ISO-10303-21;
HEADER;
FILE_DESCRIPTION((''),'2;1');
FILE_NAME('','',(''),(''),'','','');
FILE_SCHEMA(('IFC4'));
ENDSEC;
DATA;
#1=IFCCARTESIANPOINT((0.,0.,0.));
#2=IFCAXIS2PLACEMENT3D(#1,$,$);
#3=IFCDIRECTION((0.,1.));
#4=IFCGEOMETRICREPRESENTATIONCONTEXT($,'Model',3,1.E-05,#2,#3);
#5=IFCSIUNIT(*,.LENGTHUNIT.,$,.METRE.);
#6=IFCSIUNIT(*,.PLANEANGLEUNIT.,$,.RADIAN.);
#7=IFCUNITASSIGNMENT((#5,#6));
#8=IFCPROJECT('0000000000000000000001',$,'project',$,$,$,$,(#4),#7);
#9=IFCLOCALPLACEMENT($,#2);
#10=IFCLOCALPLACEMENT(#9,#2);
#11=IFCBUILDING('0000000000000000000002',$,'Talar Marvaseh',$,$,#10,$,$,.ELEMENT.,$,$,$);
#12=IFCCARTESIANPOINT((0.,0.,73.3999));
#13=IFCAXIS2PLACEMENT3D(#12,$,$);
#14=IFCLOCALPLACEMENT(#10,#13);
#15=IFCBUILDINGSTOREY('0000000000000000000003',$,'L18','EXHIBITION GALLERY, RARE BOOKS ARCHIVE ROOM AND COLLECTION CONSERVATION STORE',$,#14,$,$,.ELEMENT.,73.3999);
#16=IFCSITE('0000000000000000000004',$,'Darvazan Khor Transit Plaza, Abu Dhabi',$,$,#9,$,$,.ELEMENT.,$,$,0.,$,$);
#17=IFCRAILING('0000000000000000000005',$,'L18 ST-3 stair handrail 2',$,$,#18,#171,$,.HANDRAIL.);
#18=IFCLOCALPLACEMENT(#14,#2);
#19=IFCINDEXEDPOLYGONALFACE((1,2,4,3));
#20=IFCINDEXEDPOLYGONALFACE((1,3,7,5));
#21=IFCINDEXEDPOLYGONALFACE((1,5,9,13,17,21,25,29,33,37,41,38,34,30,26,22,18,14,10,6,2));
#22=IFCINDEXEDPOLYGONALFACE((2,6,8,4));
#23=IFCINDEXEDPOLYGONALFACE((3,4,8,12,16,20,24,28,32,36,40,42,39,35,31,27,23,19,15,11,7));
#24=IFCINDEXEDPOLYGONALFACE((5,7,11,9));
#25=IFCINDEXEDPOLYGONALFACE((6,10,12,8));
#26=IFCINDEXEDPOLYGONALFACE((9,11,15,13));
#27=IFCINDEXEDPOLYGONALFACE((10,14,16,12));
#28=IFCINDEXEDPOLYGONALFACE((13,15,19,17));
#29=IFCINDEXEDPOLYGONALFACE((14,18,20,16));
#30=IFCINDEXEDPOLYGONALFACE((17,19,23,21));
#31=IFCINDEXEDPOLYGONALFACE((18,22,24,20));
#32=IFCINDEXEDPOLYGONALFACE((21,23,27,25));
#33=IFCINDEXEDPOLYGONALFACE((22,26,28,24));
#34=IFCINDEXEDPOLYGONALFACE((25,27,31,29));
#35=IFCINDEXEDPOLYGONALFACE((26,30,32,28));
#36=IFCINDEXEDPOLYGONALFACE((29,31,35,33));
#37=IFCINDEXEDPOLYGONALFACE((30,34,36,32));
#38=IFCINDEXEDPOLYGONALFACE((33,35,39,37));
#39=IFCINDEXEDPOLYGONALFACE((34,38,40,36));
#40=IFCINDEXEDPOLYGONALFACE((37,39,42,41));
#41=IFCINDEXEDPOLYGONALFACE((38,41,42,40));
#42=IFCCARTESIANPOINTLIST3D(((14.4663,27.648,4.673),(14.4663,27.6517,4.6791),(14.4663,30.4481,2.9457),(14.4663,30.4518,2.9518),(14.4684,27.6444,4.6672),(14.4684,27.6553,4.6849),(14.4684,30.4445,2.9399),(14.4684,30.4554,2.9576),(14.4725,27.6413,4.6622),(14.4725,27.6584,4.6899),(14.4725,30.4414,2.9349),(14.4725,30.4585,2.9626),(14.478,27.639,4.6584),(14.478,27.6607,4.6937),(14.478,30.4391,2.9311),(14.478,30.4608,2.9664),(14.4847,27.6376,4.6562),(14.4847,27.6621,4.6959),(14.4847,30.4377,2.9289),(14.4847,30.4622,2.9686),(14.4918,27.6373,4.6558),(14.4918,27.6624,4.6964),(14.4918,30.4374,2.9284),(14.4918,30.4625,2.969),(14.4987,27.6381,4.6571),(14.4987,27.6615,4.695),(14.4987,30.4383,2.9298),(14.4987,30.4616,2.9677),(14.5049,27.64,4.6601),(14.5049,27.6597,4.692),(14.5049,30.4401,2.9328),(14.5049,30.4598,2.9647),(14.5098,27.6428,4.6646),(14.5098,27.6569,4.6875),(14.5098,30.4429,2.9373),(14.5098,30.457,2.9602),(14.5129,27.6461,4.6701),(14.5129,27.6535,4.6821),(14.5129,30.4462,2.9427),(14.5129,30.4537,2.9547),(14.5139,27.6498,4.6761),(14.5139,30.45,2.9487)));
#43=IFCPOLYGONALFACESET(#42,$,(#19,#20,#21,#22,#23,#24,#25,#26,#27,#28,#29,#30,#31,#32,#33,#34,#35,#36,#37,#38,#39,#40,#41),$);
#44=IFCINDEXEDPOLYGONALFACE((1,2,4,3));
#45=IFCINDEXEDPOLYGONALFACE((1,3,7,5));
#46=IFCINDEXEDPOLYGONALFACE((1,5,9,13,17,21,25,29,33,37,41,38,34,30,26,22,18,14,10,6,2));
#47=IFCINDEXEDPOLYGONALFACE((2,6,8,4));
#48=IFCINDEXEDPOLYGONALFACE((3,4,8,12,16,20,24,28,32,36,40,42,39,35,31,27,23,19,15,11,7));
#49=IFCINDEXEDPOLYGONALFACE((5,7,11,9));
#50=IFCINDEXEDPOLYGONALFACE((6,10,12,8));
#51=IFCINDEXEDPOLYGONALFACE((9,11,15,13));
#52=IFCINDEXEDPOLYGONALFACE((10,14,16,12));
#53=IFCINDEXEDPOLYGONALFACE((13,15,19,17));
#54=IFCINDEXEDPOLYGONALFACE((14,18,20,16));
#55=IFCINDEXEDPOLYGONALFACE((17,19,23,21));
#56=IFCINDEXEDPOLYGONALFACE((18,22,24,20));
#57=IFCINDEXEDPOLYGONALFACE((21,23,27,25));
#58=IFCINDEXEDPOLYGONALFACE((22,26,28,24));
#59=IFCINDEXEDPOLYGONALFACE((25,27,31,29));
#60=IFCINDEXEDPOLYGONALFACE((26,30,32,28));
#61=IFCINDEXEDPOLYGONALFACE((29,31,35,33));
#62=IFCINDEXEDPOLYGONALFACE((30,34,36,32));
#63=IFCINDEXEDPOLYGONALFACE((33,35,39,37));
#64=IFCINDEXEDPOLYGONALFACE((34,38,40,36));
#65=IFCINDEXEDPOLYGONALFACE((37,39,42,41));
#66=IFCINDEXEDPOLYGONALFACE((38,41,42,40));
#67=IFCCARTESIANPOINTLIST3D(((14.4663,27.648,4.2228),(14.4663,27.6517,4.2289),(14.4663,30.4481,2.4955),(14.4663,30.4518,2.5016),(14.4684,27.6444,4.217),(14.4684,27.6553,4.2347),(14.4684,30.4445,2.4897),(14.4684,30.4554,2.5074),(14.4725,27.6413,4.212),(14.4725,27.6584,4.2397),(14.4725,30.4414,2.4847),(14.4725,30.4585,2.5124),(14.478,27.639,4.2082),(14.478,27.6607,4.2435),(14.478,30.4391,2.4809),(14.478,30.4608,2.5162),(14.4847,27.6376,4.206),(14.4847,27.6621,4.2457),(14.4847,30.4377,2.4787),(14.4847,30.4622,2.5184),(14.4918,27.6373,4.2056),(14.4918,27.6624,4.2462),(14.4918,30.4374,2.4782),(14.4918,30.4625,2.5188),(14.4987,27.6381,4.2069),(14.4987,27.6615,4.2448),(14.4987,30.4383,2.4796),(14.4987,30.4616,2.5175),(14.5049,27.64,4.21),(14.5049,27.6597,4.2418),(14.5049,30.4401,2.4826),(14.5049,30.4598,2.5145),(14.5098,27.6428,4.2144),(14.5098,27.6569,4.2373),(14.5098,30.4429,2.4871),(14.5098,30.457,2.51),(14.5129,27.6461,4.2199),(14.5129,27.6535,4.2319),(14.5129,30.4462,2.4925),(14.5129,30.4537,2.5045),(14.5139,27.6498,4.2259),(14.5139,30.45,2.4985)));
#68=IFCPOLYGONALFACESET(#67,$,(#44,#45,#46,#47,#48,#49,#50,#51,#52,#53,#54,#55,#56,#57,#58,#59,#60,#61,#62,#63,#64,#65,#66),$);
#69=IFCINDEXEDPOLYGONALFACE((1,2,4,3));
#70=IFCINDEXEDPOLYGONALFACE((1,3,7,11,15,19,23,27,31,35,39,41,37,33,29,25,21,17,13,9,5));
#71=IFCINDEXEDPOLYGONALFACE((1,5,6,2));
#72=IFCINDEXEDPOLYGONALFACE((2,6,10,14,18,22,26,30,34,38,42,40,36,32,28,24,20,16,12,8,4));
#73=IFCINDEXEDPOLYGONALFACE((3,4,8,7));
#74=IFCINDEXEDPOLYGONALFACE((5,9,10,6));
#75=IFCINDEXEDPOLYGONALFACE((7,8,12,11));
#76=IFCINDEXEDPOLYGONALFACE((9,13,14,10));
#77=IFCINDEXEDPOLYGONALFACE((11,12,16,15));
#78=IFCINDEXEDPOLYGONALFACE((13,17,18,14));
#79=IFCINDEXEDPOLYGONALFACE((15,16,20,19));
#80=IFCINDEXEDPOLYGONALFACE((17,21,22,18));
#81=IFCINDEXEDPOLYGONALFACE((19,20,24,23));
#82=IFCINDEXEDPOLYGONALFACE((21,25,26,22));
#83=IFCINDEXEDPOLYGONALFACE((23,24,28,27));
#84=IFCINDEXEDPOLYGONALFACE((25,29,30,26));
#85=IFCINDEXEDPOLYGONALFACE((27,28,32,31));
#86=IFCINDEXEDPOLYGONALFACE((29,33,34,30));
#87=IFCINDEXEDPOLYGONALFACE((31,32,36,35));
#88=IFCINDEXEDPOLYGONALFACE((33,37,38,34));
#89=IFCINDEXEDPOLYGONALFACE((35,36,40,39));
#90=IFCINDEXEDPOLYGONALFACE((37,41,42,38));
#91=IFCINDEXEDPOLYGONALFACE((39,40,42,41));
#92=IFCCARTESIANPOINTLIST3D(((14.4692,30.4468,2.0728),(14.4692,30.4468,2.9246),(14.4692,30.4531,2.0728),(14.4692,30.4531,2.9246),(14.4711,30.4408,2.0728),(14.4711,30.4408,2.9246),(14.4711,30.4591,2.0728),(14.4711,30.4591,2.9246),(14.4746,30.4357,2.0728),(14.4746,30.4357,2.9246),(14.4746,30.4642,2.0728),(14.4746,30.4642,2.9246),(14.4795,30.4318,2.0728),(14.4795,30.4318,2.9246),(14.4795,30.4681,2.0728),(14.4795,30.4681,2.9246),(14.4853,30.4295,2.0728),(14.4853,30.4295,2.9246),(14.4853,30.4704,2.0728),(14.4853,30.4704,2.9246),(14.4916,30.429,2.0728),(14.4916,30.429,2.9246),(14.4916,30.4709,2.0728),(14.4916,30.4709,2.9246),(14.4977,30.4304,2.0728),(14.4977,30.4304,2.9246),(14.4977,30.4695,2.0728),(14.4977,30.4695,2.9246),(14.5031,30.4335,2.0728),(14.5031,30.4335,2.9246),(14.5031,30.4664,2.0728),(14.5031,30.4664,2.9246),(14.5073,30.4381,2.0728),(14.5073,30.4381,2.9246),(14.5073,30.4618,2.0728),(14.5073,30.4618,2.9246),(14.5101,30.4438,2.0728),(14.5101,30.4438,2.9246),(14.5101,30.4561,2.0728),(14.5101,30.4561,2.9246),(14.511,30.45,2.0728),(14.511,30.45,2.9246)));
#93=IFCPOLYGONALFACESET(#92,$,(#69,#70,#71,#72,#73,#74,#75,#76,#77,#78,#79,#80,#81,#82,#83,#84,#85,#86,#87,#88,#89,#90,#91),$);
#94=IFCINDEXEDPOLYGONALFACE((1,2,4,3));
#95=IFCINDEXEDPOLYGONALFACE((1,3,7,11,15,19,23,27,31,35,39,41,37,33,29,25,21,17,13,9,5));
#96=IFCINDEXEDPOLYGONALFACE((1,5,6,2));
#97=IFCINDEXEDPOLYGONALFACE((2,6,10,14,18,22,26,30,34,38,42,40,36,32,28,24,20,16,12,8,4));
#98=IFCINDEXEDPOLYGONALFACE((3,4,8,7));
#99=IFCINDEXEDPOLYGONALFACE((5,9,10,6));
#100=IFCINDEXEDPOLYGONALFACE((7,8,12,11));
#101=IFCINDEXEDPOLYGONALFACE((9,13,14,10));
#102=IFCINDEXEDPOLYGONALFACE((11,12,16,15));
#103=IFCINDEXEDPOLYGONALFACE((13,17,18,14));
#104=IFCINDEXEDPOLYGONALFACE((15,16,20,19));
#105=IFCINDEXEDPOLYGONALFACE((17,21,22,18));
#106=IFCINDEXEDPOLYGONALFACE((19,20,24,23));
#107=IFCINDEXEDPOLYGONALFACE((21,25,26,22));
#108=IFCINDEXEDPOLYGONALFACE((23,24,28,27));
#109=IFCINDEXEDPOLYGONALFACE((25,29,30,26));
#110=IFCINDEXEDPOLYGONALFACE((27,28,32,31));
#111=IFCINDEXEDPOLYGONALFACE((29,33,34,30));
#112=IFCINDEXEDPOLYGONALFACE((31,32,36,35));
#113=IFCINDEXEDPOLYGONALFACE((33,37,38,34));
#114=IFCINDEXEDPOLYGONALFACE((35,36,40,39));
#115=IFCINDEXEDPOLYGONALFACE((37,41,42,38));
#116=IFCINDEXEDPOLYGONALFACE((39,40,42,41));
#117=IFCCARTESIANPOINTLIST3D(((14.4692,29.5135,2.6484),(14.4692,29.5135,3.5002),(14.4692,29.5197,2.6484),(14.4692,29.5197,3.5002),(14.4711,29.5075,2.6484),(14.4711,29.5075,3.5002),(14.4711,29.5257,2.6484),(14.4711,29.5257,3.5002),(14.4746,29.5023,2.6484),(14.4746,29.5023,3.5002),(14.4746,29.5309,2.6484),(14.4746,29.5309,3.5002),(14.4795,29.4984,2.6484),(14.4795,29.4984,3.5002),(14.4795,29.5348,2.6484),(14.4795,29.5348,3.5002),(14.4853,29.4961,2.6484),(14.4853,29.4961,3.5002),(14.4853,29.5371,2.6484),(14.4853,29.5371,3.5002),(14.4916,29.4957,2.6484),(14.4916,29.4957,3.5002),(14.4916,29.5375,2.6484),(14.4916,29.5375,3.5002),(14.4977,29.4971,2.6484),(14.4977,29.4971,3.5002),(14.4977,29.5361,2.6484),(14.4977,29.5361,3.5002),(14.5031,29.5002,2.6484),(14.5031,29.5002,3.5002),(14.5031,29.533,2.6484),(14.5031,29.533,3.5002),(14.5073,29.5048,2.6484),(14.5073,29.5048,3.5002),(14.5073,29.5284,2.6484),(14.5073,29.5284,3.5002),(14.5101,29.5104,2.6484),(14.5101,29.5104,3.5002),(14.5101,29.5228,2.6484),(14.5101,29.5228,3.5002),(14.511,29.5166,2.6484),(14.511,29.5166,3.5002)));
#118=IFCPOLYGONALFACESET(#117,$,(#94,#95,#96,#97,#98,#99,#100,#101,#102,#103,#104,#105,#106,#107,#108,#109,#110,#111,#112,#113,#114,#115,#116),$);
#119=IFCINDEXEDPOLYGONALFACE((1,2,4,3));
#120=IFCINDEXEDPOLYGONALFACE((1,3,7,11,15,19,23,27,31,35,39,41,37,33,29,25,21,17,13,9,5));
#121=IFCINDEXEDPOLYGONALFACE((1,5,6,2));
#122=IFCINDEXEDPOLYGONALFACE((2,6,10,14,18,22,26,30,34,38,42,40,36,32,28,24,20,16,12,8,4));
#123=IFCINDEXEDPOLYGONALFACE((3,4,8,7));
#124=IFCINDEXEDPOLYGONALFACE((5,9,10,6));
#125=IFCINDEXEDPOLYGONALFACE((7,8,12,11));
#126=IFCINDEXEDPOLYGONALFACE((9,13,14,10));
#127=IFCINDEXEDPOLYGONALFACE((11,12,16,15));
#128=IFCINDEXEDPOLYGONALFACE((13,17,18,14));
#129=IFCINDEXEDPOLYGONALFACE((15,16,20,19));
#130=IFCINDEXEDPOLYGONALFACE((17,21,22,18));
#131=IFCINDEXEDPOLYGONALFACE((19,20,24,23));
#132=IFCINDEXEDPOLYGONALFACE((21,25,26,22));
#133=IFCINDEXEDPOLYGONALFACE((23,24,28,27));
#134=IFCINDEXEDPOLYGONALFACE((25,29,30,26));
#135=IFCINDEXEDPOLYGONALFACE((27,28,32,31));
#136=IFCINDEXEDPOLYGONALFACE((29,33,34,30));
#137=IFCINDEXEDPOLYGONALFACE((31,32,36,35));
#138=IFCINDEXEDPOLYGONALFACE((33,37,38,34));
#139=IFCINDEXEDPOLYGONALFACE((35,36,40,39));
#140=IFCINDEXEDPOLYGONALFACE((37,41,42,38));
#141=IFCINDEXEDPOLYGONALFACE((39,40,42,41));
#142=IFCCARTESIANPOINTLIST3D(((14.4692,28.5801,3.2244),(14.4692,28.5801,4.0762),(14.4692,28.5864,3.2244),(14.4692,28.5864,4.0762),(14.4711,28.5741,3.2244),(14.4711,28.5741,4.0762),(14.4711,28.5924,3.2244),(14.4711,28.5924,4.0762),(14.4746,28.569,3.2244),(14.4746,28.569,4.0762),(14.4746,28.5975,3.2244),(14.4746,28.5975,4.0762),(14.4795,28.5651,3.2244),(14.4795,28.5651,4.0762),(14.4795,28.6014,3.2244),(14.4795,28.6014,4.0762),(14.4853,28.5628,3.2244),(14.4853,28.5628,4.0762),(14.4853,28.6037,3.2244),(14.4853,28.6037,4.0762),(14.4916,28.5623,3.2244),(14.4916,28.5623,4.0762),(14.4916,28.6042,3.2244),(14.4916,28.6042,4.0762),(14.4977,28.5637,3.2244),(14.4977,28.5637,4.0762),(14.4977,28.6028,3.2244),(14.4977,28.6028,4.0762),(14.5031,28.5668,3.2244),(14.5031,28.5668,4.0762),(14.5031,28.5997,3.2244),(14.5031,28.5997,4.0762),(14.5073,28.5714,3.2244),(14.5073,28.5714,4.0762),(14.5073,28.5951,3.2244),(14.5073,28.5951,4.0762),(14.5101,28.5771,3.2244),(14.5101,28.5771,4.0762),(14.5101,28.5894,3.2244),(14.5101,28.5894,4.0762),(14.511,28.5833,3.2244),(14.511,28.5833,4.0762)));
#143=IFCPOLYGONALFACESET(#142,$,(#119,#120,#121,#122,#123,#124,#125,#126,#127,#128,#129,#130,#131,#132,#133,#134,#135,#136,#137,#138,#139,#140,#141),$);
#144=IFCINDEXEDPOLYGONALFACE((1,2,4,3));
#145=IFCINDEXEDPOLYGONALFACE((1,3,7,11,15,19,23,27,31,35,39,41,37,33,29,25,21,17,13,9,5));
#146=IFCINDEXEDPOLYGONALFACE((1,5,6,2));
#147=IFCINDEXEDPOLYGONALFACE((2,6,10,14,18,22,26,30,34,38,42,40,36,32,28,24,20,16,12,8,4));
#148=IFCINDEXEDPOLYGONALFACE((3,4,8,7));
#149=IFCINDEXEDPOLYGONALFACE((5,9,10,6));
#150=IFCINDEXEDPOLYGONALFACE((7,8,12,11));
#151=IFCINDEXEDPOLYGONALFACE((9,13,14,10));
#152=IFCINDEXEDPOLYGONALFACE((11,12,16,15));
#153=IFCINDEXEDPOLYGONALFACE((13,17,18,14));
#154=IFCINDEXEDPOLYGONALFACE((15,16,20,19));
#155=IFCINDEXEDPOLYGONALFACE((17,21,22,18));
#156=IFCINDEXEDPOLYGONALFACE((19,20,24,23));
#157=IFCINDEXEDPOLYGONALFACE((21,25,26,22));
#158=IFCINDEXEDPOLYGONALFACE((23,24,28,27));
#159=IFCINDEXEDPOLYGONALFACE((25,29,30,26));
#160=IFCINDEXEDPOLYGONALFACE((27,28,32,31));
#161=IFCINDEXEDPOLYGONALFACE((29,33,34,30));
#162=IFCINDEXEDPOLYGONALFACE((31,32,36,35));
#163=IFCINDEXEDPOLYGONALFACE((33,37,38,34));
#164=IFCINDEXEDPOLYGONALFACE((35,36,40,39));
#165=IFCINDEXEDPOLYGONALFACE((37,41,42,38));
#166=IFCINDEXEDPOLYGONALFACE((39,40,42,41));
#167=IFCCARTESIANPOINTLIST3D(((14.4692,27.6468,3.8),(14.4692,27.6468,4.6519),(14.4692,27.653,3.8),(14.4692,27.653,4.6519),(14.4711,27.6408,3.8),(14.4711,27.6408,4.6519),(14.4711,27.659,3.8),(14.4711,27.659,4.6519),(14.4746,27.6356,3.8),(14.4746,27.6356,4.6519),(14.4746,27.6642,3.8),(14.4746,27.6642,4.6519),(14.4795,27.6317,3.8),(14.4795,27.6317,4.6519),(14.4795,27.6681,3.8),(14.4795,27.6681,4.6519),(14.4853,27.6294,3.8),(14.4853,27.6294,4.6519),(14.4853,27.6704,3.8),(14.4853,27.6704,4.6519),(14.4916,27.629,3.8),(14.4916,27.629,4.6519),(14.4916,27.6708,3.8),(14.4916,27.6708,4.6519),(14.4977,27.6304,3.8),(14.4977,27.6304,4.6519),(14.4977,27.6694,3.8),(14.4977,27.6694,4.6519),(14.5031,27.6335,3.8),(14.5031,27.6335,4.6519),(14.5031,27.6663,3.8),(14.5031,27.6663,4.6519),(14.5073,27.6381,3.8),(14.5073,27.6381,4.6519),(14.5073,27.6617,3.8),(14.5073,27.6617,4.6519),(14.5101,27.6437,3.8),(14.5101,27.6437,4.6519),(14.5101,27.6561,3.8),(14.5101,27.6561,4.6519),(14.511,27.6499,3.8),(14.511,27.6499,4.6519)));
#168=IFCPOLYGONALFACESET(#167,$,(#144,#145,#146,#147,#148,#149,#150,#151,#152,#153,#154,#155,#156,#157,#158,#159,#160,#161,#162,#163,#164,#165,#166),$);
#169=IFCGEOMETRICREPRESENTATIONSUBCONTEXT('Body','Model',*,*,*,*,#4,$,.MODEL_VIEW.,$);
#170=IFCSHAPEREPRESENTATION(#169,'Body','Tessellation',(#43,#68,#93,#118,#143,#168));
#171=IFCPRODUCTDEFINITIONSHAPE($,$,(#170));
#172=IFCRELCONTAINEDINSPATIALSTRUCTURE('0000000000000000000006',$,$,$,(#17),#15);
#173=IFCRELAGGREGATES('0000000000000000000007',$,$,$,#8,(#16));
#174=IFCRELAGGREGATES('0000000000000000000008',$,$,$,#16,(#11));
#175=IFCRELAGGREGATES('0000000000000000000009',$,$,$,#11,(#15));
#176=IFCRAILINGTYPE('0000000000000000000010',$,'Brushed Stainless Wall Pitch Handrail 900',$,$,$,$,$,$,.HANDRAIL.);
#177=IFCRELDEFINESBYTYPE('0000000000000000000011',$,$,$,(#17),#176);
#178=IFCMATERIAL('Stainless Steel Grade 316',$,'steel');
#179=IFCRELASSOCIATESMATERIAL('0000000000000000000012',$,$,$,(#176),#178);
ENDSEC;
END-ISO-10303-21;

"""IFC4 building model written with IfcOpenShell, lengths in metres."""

from ifc_helpers import new_model, si_unit, direction, frame, origin, origin_2d, place, context, subcontext, project, spatial, circle, extrude, material, type_object, element, save


model = new_model("IFC4")

# Units and contexts
model_context = context("Model", 3, precision=1e-05, world=origin(), true_north=direction((0.0, 1.0)))
body_context = subcontext(model_context, "Body", "Model", "MODEL_VIEW")
ifc_project = project(units=[si_unit("LENGTHUNIT", "METRE"), si_unit("PLANEANGLEUNIT", "RADIAN")], contexts=[model_context])

# Site, building, storey
site_placement = place(None, origin())
site = spatial("IfcSite", under=ifc_project, at=site_placement, Name="Darvazan Khor Transit Plaza, Abu Dhabi", CompositionType="ELEMENT", RefElevation=0.0)
building_placement = place(site_placement, origin())
building = spatial("IfcBuilding", under=site, at=building_placement, Name="Talar Marvaseh", CompositionType="ELEMENT")
storey_placement = place(building_placement, frame((0.0, 0.0, 73.3999)))
storey = spatial("IfcBuildingStorey", under=building, at=storey_placement, Name="L18", Description="EXHIBITION GALLERY, RARE BOOKS ARCHIVE ROOM AND COLLECTION CONSERVATION STORE", CompositionType="ELEMENT", Elevation=73.3999)

# Railing
ifc_material_1 = material(Name="Stainless Steel Grade 316", Category="steel")
railing_type_1 = type_object("IfcRailingType", Name="Brushed Stainless Wall Pitch Handrail 900", PredefinedType="HANDRAIL", material=ifc_material_1)
railing_1_placement = place(storey_placement, frame((14.49, 30.45, 2.0728)))
element("IfcRailing", 1, at=railing_1_placement, inside=storey, type_object=railing_type_1, Name="L18 ST-3 stair handrail 2", PredefinedType="HANDRAIL", context=body_context, shape_type="SweptSolid", body=[
    extrude(circle(Radius=0.0239, at=origin_2d()), frame((0.0, 0.0, 0.876), z_axis=(0.0, -0.85109, 0.52502), x_axis=(1.0, 0.0, 0.0)), (0.0, 0.0, 1.0), 3.29),
    extrude(circle(Radius=0.0239, at=origin_2d()), frame((0.0, 0.0, 0.4258), z_axis=(0.0, -0.85109, 0.52502), x_axis=(1.0, 0.0, 0.0)), (0.0, 0.0, 1.0), 3.29),
    extrude(circle(Radius=0.021, at=origin_2d()), origin(), (0.0, 0.0, 1.0), 0.8518),
    extrude(circle(Radius=0.021, at=origin_2d()), frame((0.0, -0.9333, 0.5757)), (0.0, 0.0, 1.0), 0.8518),
    extrude(circle(Radius=0.021, at=origin_2d()), frame((0.0, -1.8667, 1.1516)), (0.0, 0.0, 1.0), 0.8518),
    extrude(circle(Radius=0.021, at=origin_2d()), frame((0.0, -2.8, 1.7273)), (0.0, 0.0, 1.0), 0.8518),
])

save(model, "model.ifc")
